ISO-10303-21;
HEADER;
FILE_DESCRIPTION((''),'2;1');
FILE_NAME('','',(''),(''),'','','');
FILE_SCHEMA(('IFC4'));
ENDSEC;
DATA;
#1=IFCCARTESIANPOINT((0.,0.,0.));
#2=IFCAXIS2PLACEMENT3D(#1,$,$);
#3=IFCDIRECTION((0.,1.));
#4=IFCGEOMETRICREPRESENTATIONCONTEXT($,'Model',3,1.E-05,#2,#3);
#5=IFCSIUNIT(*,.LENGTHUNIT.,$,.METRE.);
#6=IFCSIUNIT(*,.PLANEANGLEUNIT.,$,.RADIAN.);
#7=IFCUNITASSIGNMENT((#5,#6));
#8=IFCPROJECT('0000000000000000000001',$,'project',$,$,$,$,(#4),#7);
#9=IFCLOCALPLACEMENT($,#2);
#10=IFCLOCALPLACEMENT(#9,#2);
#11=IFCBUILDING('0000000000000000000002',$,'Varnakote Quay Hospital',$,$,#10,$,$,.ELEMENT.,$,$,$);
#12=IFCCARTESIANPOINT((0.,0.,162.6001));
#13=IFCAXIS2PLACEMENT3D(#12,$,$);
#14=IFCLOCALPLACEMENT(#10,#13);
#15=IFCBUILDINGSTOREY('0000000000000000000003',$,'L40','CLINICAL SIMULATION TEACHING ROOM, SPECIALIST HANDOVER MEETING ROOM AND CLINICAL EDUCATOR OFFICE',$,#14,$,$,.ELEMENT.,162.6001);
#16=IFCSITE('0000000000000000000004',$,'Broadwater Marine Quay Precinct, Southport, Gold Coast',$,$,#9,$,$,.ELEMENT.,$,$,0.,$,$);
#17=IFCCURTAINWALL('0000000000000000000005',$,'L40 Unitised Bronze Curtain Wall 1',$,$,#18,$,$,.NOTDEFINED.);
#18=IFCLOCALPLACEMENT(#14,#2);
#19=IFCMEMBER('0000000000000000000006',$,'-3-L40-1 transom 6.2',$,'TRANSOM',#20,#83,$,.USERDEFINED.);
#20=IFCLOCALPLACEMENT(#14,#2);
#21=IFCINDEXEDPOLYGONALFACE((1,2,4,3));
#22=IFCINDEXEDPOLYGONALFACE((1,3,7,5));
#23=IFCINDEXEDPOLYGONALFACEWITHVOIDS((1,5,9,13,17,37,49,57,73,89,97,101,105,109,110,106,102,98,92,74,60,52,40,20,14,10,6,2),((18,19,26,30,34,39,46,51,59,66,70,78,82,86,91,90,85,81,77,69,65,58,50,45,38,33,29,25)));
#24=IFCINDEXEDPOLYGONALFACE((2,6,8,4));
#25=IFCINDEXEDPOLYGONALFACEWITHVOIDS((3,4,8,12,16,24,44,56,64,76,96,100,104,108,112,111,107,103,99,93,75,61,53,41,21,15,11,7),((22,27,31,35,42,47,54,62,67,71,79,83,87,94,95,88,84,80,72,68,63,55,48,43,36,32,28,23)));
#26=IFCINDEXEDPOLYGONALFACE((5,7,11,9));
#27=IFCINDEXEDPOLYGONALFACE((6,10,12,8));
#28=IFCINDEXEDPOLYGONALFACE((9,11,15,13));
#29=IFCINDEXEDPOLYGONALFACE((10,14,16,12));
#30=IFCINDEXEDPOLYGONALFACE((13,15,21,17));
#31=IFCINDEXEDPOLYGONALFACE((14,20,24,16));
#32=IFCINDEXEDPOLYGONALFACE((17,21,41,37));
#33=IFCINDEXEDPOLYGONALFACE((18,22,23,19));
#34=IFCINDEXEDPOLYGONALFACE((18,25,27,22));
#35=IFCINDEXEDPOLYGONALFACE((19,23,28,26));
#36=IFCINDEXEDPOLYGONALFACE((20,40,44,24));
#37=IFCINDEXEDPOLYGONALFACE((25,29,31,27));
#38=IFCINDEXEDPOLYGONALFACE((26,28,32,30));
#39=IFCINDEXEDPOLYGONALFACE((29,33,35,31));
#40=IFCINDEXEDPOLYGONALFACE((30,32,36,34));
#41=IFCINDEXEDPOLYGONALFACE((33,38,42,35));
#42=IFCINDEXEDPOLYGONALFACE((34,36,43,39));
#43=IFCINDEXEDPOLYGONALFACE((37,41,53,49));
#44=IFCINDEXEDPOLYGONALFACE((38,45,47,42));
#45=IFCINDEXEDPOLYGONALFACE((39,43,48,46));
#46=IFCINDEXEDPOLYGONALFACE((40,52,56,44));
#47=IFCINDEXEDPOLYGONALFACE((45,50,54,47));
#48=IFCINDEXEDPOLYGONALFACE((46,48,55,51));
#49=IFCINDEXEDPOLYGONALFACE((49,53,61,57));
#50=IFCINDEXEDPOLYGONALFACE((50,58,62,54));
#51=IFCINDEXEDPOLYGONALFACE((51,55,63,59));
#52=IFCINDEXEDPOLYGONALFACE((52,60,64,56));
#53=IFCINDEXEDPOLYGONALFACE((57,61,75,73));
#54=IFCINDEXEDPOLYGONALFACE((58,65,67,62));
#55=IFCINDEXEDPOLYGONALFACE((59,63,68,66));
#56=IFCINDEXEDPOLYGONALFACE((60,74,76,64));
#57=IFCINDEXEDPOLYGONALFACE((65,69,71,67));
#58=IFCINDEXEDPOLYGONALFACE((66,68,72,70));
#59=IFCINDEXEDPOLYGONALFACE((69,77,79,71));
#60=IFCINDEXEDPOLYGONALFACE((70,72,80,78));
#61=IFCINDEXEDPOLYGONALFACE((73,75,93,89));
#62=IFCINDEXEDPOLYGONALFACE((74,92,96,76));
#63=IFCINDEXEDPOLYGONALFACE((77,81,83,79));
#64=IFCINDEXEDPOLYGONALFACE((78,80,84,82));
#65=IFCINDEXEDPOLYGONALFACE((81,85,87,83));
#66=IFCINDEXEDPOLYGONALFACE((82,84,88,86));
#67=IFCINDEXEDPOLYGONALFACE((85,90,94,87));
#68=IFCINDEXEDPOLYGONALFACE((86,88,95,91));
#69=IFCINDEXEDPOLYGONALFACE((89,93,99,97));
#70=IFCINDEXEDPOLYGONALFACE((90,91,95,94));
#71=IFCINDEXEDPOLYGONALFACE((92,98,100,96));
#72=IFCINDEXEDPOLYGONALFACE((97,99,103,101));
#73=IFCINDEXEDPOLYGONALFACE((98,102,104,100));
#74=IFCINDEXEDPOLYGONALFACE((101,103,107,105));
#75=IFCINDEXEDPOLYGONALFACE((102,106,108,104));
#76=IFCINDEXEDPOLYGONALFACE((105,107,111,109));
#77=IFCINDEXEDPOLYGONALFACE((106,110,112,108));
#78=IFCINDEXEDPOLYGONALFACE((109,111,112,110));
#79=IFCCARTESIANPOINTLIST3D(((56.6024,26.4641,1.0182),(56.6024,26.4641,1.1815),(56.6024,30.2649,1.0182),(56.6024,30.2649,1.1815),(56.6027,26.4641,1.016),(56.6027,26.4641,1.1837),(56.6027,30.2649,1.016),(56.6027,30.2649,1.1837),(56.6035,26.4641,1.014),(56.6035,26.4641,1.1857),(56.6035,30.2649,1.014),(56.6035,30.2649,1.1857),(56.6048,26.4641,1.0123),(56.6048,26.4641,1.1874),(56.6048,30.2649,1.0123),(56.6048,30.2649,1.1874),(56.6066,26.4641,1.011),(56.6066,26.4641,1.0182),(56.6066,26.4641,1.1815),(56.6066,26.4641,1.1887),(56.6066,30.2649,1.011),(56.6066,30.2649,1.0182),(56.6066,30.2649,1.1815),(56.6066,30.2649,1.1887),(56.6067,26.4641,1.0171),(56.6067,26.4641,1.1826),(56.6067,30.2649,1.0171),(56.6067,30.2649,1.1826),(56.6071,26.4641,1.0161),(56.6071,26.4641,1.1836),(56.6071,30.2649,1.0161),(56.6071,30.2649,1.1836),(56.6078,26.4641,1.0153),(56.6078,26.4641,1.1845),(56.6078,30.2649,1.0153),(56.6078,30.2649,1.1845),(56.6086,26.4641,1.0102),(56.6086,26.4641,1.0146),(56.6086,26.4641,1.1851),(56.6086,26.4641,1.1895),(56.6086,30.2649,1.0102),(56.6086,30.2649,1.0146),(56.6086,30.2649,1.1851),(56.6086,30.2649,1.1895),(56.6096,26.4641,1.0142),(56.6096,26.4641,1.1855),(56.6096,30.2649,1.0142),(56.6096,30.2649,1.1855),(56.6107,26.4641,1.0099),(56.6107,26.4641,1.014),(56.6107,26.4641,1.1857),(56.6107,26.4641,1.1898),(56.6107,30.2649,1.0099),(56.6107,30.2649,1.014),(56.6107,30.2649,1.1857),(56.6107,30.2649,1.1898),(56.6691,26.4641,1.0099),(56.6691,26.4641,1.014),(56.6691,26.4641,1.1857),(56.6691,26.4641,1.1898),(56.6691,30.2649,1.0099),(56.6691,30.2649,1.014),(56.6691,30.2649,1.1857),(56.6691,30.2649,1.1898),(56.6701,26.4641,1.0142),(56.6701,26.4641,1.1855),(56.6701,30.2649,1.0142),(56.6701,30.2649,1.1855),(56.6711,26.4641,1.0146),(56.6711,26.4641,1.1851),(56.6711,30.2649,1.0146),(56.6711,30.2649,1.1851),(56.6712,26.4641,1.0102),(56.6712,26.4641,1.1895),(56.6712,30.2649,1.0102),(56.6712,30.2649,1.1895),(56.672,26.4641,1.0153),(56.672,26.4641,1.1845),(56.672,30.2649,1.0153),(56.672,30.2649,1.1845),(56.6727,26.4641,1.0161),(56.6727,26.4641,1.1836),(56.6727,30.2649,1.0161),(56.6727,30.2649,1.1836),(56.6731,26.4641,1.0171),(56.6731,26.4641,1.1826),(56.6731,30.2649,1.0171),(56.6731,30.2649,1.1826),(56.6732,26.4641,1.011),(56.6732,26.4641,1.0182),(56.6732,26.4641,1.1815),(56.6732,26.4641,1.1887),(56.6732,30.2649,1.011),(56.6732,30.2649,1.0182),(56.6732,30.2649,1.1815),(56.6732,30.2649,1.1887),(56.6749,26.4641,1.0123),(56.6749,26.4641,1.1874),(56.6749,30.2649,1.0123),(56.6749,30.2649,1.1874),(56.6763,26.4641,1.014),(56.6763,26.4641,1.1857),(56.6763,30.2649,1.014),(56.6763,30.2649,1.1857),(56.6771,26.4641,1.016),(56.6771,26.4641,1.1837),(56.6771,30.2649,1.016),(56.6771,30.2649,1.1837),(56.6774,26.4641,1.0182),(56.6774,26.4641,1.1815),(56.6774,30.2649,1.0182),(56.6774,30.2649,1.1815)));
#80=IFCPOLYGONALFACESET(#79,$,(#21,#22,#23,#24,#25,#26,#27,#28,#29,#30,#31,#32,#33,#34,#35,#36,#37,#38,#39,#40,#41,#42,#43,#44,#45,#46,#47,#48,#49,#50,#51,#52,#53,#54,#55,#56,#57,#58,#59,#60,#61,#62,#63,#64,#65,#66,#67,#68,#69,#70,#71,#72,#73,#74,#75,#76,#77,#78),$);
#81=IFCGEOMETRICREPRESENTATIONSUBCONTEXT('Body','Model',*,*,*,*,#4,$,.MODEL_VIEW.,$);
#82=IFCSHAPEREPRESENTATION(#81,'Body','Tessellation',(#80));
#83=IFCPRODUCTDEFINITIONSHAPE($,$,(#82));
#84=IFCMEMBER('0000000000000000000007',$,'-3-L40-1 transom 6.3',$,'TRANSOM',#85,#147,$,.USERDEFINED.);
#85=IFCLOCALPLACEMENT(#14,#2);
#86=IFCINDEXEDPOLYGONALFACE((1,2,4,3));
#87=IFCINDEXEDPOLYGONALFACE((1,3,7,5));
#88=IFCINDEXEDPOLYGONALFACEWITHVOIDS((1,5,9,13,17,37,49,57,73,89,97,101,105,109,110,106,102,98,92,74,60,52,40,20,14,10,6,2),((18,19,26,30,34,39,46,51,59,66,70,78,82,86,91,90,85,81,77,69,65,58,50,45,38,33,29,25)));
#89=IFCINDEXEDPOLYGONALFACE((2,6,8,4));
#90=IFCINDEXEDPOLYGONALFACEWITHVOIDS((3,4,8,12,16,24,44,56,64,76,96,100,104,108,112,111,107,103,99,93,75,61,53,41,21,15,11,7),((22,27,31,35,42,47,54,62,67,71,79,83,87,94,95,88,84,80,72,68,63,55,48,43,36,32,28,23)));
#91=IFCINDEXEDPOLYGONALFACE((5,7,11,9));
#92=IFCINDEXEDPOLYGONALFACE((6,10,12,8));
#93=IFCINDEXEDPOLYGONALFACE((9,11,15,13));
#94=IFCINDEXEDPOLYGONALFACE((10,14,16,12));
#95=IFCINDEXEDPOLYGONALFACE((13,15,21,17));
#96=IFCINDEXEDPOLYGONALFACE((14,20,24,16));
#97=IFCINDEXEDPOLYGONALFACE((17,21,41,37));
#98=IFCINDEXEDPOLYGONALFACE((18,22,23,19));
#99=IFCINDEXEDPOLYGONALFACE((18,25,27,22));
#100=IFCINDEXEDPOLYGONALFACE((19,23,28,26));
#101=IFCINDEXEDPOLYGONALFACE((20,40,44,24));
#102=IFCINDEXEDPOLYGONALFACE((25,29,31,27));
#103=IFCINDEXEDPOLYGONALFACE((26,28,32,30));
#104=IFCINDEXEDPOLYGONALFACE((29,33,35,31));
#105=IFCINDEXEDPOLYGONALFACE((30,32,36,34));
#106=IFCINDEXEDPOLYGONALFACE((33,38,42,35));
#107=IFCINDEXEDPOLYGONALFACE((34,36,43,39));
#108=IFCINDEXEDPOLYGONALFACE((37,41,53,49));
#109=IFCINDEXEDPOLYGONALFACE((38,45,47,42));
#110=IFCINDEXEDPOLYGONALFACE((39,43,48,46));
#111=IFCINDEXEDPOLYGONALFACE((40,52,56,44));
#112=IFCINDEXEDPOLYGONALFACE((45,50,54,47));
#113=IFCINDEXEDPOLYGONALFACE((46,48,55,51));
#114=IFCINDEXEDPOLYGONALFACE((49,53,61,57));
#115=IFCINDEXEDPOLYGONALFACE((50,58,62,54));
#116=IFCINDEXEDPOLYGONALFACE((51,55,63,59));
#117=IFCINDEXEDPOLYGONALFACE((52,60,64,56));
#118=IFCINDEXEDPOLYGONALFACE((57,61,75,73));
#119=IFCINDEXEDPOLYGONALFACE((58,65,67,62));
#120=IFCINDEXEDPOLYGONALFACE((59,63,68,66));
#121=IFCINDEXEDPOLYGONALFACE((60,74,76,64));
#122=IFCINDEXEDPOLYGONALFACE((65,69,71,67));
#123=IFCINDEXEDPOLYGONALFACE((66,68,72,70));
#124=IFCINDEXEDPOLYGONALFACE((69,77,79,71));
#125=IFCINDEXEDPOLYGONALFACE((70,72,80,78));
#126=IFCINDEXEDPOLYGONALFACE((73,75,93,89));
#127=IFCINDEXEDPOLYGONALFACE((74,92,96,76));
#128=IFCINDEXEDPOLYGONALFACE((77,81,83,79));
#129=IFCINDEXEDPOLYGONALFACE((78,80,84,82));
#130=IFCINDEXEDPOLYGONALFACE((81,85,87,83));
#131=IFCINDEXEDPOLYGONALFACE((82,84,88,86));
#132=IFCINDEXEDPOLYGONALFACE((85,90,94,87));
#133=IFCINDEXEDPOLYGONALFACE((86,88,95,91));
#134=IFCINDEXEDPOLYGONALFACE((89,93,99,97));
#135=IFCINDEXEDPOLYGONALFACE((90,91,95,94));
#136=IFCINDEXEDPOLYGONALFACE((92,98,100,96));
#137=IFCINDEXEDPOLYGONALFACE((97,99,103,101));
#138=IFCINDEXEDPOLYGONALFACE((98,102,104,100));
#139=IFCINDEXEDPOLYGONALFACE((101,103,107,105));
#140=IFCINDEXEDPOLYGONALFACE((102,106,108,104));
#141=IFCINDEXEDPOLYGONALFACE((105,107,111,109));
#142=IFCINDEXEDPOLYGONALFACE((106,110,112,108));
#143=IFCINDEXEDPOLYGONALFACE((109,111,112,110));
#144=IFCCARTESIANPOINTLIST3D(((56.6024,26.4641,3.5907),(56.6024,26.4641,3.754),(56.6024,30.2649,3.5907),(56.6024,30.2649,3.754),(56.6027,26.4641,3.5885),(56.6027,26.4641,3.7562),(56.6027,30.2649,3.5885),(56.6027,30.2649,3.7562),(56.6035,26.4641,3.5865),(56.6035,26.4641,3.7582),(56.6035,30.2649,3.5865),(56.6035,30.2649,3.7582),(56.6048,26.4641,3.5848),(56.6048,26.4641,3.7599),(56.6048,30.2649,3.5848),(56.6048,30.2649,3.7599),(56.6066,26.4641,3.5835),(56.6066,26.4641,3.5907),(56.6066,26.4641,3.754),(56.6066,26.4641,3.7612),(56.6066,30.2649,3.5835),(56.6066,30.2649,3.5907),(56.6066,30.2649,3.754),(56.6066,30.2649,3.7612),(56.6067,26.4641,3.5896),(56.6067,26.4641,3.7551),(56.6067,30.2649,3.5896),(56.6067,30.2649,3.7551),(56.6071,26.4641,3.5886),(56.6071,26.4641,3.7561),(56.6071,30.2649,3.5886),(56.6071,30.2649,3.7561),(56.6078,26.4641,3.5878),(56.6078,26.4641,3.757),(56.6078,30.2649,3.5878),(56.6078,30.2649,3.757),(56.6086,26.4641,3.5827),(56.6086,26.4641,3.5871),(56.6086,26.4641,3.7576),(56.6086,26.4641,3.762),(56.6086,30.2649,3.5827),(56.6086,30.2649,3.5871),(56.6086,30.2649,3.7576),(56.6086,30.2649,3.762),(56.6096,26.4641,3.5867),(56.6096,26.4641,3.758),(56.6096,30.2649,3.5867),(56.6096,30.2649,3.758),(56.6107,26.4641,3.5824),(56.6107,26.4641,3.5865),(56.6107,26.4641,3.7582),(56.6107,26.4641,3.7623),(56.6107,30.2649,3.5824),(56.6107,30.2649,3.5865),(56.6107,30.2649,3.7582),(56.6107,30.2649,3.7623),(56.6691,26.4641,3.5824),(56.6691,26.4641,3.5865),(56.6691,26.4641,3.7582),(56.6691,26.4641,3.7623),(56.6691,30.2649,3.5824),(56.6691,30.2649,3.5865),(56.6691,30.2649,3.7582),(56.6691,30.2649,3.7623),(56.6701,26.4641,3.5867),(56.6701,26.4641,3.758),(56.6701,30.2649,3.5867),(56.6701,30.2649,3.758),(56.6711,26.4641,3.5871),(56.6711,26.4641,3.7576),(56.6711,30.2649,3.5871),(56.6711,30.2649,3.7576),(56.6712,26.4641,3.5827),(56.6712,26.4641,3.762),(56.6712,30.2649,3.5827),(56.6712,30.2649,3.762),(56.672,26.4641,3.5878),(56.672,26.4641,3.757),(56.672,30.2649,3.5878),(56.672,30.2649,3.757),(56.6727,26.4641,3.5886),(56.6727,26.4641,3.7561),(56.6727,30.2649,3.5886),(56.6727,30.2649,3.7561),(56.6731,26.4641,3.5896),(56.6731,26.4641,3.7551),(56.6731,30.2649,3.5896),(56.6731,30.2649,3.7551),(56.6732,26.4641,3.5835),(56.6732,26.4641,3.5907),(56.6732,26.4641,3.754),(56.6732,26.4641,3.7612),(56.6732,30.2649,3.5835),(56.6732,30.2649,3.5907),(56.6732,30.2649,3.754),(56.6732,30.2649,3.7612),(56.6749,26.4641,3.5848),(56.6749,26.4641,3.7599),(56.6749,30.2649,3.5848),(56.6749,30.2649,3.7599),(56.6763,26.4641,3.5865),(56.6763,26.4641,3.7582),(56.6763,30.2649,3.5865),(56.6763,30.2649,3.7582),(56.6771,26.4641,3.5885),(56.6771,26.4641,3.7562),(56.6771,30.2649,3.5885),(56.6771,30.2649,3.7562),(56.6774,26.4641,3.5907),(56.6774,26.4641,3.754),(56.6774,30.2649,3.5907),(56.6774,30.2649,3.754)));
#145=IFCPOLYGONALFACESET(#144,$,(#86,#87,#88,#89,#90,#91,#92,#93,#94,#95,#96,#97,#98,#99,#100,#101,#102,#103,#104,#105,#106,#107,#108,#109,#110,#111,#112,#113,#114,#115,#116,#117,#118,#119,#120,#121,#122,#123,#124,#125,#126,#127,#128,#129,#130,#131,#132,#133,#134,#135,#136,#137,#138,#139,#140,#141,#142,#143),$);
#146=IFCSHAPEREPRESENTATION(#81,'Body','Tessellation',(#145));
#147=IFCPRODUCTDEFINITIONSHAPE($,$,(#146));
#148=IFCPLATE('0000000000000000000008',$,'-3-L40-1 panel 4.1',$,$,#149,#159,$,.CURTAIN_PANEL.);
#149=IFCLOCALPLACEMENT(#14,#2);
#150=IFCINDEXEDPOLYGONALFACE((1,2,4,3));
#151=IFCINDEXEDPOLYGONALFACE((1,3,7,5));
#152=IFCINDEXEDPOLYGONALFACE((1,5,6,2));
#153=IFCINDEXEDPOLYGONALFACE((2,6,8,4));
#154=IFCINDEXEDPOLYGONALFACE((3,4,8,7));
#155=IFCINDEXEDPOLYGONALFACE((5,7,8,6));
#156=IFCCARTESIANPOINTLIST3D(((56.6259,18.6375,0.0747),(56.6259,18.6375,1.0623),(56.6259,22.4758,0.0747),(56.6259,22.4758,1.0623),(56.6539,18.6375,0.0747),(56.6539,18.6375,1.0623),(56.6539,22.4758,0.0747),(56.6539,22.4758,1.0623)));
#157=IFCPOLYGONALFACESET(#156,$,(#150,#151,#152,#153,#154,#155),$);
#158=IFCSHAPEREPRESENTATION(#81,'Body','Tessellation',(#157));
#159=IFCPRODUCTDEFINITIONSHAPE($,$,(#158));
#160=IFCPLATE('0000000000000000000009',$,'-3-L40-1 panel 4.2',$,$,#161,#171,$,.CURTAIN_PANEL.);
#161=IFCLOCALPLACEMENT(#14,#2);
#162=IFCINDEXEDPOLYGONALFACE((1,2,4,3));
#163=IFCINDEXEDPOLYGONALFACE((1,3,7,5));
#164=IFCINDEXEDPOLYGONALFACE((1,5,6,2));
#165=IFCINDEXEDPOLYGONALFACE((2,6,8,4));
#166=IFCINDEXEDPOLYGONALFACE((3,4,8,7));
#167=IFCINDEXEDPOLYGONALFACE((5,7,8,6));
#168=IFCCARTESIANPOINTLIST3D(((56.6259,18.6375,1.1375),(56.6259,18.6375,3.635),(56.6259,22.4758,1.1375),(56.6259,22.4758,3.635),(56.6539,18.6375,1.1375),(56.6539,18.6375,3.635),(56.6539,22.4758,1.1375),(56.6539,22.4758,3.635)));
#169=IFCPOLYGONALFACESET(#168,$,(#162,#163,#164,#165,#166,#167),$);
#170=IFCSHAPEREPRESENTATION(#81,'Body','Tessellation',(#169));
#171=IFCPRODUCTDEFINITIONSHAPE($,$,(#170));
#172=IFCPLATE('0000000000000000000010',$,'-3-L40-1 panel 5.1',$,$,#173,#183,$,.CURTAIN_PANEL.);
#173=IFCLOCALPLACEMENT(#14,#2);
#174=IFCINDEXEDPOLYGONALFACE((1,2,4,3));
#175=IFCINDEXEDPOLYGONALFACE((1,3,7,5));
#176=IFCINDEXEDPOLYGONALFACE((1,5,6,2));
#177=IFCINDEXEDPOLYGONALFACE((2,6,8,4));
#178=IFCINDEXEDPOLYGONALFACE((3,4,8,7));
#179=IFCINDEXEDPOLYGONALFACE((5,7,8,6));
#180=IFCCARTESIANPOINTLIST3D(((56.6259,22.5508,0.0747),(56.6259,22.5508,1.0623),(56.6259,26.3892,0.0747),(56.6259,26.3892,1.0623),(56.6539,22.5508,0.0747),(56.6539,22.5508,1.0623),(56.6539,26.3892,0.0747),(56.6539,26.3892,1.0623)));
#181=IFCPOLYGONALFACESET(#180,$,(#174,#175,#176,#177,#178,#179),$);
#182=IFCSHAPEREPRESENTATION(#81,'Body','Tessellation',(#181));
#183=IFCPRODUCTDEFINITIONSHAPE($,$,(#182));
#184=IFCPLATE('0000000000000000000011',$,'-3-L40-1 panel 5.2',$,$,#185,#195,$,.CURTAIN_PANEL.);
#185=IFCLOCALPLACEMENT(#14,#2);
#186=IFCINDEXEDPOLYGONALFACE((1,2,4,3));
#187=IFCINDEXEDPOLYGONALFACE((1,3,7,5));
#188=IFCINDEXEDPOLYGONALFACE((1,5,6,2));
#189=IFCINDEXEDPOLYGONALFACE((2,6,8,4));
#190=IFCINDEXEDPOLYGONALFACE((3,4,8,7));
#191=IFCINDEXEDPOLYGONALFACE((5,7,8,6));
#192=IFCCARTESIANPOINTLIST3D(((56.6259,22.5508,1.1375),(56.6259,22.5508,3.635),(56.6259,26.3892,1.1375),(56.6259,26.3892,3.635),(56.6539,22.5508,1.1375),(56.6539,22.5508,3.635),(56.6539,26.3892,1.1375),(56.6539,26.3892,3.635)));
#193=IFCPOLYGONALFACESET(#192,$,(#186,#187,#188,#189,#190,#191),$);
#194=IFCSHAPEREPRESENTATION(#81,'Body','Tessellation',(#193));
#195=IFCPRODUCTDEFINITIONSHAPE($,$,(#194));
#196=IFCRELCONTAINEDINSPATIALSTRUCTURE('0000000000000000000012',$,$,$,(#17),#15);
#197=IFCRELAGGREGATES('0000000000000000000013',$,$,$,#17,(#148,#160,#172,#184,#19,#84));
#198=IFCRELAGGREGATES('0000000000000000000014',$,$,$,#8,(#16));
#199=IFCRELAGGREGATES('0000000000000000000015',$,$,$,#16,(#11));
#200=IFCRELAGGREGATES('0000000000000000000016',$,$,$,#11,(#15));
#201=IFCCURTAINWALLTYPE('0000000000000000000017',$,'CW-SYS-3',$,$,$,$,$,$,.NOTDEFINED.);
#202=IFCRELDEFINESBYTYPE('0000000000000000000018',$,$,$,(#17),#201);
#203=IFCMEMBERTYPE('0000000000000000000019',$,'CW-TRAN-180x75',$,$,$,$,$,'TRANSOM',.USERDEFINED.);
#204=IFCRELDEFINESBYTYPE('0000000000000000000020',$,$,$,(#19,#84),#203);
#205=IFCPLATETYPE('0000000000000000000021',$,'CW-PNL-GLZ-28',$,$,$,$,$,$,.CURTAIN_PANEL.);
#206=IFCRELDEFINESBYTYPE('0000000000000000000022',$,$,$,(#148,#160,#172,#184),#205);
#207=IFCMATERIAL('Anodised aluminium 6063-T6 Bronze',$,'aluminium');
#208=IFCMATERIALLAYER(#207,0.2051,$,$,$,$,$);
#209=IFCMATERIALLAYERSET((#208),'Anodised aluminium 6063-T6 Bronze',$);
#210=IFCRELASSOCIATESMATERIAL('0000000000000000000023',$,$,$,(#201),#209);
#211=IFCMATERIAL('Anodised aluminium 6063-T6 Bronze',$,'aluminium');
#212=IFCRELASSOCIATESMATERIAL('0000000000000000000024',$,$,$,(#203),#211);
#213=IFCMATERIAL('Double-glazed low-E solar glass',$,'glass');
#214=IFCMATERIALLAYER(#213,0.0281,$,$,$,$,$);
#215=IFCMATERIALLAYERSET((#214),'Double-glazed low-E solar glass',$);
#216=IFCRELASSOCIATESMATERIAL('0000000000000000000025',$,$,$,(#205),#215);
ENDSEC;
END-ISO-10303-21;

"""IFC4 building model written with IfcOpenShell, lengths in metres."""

from ifc_helpers import new_model, si_unit, direction, frame, origin, origin_2d, place, context, subcontext, project, spatial, rectangle, hollow_rectangle, extrude, material, layer, layer_set, material_profile, profile_set, type_object, element, aggregate, save


model = new_model("IFC4")

# Units and contexts
model_context = context("Model", 3, precision=1e-05, world=origin(), true_north=direction((0.0, 1.0)))
body_context = subcontext(model_context, "Body", "Model", "MODEL_VIEW")
ifc_project = project(units=[si_unit("LENGTHUNIT", "METRE"), si_unit("PLANEANGLEUNIT", "RADIAN")], contexts=[model_context])

# Site, building, storey
site_placement = place(None, origin())
site = spatial("IfcSite", under=ifc_project, at=site_placement, Name="Broadwater Marine Quay Precinct, Southport, Gold Coast", CompositionType="ELEMENT", RefElevation=0.0)
building_placement = place(site_placement, origin())
building = spatial("IfcBuilding", under=site, at=building_placement, Name="Varnakote Quay Hospital", CompositionType="ELEMENT")
storey_placement = place(building_placement, frame((0.0, 0.0, 162.6001)))
storey = spatial("IfcBuildingStorey", under=building, at=storey_placement, Name="L40", Description="CLINICAL SIMULATION TEACHING ROOM, SPECIALIST HANDOVER MEETING ROOM AND CLINICAL EDUCATOR OFFICE", CompositionType="ELEMENT", Elevation=162.6001)

# Curtain wall, members, plates
ifc_material_1 = material(Name="Anodised aluminium 6063-T6 Bronze", Category="aluminium")
ifc_layer_1 = layer(ifc_material_1, 0.2051)
ifc_layer_set_1 = layer_set([ifc_layer_1], Name="Anodised aluminium 6063-T6 Bronze")
curtain_wall_type = type_object("IfcCurtainWallType", Name="CW-SYS-3", PredefinedType="NOTDEFINED", material=ifc_layer_set_1)
curtain_wall_placement = place(storey_placement, origin())
curtain_wall = element("IfcCurtainWall", 1, at=curtain_wall_placement, inside=storey, type_object=curtain_wall_type, Name="L40 Unitised Bronze Curtain Wall 1", PredefinedType="NOTDEFINED")
ifc_material_2 = material(Name="Anodised aluminium 6063-T6 Bronze", Category="aluminium")
ifc_material_profile_1 = material_profile(ifc_material_2, hollow_rectangle(XDim=0.075, YDim=0.1799, WallThickness=0.0042, InnerFilletRadius=0.0042, OuterFilletRadius=0.0083, at=origin_2d()), Name="CW-TRAN-180x75")
ifc_profile_set_1 = profile_set([ifc_material_profile_1], Name="Anodised aluminium 6063-T6 Bronze")
member_type_1 = type_object("IfcMemberType", Name="CW-TRAN-180x75", ElementType="TRANSOM", PredefinedType="USERDEFINED", material=ifc_profile_set_1)
member_1_placement = place(storey_placement, frame((56.6399, 26.4641, 1.0999), z_axis=(0.0, 1.0, 0.0), x_axis=(-1.0, 0.0, 0.0)))
member_1 = element("IfcMember", 2, at=member_1_placement, type_object=member_type_1, Name="-3-L40-1 transom 6.2", ObjectType="TRANSOM", PredefinedType="USERDEFINED", context=body_context, shape_type="SweptSolid", body=[
    extrude(hollow_rectangle(XDim=0.075, YDim=0.1799, WallThickness=0.0042, InnerFilletRadius=0.0042, OuterFilletRadius=0.0083, at=origin_2d()), origin(), (0.0, 0.0, 1.0), 3.8008),
])
member_2_placement = place(storey_placement, frame((56.6399, 26.4641, 3.6724), z_axis=(0.0, 1.0, 0.0), x_axis=(-1.0, 0.0, 0.0)))
member_2 = element("IfcMember", 3, at=member_2_placement, type_object=member_type_1, Name="-3-L40-1 transom 6.3", ObjectType="TRANSOM", PredefinedType="USERDEFINED", context=body_context, shape_type="SweptSolid", body=[
    extrude(hollow_rectangle(XDim=0.075, YDim=0.1799, WallThickness=0.0042, InnerFilletRadius=0.0042, OuterFilletRadius=0.0083, at=origin_2d()), origin(), (0.0, 0.0, 1.0), 3.8008),
])
ifc_material_3 = material(Name="Double-glazed low-E solar glass", Category="glass")
ifc_layer_2 = layer(ifc_material_3, 0.0281)
ifc_layer_set_2 = layer_set([ifc_layer_2], Name="Double-glazed low-E solar glass")
plate_type = type_object("IfcPlateType", Name="CW-PNL-GLZ-28", PredefinedType="CURTAIN_PANEL", material=ifc_layer_set_2)
plate_1_placement = place(storey_placement, frame((56.6399, 20.5566, 0.0747), z_axis=(0.0, 0.0, 1.0), x_axis=(0.0, 1.0, 0.0)))
plate_1 = element("IfcPlate", 4, at=plate_1_placement, type_object=plate_type, Name="-3-L40-1 panel 4.1", PredefinedType="CURTAIN_PANEL", context=body_context, shape_type="SweptSolid", body=[
    extrude(rectangle(XDim=3.8384, YDim=0.0281, at=origin_2d()), origin(), (0.0, 0.0, 1.0), 0.9875),
])
plate_2_placement = place(storey_placement, frame((56.6399, 20.5566, 1.1375), z_axis=(0.0, 0.0, 1.0), x_axis=(0.0, 1.0, 0.0)))
plate_2 = element("IfcPlate", 5, at=plate_2_placement, type_object=plate_type, Name="-3-L40-1 panel 4.2", PredefinedType="CURTAIN_PANEL", context=body_context, shape_type="SweptSolid", body=[
    extrude(rectangle(XDim=3.8384, YDim=0.0281, at=origin_2d()), origin(), (0.0, 0.0, 1.0), 2.4976),
])
plate_3_placement = place(storey_placement, frame((56.6399, 24.47, 0.0747), z_axis=(0.0, 0.0, 1.0), x_axis=(0.0, 1.0, 0.0)))
plate_3 = element("IfcPlate", 6, at=plate_3_placement, type_object=plate_type, Name="-3-L40-1 panel 5.1", PredefinedType="CURTAIN_PANEL", context=body_context, shape_type="SweptSolid", body=[
    extrude(rectangle(XDim=3.8384, YDim=0.0281, at=origin_2d()), origin(), (0.0, 0.0, 1.0), 0.9875),
])
plate_4_placement = place(storey_placement, frame((56.6399, 24.47, 1.1375), z_axis=(0.0, 0.0, 1.0), x_axis=(0.0, 1.0, 0.0)))
plate_4 = element("IfcPlate", 7, at=plate_4_placement, type_object=plate_type, Name="-3-L40-1 panel 5.2", PredefinedType="CURTAIN_PANEL", context=body_context, shape_type="SweptSolid", body=[
    extrude(rectangle(XDim=3.8384, YDim=0.0281, at=origin_2d()), origin(), (0.0, 0.0, 1.0), 2.4976),
])
aggregate(curtain_wall, [plate_1, plate_2, plate_3, plate_4, member_1, member_2])

save(model, "model.ifc")
